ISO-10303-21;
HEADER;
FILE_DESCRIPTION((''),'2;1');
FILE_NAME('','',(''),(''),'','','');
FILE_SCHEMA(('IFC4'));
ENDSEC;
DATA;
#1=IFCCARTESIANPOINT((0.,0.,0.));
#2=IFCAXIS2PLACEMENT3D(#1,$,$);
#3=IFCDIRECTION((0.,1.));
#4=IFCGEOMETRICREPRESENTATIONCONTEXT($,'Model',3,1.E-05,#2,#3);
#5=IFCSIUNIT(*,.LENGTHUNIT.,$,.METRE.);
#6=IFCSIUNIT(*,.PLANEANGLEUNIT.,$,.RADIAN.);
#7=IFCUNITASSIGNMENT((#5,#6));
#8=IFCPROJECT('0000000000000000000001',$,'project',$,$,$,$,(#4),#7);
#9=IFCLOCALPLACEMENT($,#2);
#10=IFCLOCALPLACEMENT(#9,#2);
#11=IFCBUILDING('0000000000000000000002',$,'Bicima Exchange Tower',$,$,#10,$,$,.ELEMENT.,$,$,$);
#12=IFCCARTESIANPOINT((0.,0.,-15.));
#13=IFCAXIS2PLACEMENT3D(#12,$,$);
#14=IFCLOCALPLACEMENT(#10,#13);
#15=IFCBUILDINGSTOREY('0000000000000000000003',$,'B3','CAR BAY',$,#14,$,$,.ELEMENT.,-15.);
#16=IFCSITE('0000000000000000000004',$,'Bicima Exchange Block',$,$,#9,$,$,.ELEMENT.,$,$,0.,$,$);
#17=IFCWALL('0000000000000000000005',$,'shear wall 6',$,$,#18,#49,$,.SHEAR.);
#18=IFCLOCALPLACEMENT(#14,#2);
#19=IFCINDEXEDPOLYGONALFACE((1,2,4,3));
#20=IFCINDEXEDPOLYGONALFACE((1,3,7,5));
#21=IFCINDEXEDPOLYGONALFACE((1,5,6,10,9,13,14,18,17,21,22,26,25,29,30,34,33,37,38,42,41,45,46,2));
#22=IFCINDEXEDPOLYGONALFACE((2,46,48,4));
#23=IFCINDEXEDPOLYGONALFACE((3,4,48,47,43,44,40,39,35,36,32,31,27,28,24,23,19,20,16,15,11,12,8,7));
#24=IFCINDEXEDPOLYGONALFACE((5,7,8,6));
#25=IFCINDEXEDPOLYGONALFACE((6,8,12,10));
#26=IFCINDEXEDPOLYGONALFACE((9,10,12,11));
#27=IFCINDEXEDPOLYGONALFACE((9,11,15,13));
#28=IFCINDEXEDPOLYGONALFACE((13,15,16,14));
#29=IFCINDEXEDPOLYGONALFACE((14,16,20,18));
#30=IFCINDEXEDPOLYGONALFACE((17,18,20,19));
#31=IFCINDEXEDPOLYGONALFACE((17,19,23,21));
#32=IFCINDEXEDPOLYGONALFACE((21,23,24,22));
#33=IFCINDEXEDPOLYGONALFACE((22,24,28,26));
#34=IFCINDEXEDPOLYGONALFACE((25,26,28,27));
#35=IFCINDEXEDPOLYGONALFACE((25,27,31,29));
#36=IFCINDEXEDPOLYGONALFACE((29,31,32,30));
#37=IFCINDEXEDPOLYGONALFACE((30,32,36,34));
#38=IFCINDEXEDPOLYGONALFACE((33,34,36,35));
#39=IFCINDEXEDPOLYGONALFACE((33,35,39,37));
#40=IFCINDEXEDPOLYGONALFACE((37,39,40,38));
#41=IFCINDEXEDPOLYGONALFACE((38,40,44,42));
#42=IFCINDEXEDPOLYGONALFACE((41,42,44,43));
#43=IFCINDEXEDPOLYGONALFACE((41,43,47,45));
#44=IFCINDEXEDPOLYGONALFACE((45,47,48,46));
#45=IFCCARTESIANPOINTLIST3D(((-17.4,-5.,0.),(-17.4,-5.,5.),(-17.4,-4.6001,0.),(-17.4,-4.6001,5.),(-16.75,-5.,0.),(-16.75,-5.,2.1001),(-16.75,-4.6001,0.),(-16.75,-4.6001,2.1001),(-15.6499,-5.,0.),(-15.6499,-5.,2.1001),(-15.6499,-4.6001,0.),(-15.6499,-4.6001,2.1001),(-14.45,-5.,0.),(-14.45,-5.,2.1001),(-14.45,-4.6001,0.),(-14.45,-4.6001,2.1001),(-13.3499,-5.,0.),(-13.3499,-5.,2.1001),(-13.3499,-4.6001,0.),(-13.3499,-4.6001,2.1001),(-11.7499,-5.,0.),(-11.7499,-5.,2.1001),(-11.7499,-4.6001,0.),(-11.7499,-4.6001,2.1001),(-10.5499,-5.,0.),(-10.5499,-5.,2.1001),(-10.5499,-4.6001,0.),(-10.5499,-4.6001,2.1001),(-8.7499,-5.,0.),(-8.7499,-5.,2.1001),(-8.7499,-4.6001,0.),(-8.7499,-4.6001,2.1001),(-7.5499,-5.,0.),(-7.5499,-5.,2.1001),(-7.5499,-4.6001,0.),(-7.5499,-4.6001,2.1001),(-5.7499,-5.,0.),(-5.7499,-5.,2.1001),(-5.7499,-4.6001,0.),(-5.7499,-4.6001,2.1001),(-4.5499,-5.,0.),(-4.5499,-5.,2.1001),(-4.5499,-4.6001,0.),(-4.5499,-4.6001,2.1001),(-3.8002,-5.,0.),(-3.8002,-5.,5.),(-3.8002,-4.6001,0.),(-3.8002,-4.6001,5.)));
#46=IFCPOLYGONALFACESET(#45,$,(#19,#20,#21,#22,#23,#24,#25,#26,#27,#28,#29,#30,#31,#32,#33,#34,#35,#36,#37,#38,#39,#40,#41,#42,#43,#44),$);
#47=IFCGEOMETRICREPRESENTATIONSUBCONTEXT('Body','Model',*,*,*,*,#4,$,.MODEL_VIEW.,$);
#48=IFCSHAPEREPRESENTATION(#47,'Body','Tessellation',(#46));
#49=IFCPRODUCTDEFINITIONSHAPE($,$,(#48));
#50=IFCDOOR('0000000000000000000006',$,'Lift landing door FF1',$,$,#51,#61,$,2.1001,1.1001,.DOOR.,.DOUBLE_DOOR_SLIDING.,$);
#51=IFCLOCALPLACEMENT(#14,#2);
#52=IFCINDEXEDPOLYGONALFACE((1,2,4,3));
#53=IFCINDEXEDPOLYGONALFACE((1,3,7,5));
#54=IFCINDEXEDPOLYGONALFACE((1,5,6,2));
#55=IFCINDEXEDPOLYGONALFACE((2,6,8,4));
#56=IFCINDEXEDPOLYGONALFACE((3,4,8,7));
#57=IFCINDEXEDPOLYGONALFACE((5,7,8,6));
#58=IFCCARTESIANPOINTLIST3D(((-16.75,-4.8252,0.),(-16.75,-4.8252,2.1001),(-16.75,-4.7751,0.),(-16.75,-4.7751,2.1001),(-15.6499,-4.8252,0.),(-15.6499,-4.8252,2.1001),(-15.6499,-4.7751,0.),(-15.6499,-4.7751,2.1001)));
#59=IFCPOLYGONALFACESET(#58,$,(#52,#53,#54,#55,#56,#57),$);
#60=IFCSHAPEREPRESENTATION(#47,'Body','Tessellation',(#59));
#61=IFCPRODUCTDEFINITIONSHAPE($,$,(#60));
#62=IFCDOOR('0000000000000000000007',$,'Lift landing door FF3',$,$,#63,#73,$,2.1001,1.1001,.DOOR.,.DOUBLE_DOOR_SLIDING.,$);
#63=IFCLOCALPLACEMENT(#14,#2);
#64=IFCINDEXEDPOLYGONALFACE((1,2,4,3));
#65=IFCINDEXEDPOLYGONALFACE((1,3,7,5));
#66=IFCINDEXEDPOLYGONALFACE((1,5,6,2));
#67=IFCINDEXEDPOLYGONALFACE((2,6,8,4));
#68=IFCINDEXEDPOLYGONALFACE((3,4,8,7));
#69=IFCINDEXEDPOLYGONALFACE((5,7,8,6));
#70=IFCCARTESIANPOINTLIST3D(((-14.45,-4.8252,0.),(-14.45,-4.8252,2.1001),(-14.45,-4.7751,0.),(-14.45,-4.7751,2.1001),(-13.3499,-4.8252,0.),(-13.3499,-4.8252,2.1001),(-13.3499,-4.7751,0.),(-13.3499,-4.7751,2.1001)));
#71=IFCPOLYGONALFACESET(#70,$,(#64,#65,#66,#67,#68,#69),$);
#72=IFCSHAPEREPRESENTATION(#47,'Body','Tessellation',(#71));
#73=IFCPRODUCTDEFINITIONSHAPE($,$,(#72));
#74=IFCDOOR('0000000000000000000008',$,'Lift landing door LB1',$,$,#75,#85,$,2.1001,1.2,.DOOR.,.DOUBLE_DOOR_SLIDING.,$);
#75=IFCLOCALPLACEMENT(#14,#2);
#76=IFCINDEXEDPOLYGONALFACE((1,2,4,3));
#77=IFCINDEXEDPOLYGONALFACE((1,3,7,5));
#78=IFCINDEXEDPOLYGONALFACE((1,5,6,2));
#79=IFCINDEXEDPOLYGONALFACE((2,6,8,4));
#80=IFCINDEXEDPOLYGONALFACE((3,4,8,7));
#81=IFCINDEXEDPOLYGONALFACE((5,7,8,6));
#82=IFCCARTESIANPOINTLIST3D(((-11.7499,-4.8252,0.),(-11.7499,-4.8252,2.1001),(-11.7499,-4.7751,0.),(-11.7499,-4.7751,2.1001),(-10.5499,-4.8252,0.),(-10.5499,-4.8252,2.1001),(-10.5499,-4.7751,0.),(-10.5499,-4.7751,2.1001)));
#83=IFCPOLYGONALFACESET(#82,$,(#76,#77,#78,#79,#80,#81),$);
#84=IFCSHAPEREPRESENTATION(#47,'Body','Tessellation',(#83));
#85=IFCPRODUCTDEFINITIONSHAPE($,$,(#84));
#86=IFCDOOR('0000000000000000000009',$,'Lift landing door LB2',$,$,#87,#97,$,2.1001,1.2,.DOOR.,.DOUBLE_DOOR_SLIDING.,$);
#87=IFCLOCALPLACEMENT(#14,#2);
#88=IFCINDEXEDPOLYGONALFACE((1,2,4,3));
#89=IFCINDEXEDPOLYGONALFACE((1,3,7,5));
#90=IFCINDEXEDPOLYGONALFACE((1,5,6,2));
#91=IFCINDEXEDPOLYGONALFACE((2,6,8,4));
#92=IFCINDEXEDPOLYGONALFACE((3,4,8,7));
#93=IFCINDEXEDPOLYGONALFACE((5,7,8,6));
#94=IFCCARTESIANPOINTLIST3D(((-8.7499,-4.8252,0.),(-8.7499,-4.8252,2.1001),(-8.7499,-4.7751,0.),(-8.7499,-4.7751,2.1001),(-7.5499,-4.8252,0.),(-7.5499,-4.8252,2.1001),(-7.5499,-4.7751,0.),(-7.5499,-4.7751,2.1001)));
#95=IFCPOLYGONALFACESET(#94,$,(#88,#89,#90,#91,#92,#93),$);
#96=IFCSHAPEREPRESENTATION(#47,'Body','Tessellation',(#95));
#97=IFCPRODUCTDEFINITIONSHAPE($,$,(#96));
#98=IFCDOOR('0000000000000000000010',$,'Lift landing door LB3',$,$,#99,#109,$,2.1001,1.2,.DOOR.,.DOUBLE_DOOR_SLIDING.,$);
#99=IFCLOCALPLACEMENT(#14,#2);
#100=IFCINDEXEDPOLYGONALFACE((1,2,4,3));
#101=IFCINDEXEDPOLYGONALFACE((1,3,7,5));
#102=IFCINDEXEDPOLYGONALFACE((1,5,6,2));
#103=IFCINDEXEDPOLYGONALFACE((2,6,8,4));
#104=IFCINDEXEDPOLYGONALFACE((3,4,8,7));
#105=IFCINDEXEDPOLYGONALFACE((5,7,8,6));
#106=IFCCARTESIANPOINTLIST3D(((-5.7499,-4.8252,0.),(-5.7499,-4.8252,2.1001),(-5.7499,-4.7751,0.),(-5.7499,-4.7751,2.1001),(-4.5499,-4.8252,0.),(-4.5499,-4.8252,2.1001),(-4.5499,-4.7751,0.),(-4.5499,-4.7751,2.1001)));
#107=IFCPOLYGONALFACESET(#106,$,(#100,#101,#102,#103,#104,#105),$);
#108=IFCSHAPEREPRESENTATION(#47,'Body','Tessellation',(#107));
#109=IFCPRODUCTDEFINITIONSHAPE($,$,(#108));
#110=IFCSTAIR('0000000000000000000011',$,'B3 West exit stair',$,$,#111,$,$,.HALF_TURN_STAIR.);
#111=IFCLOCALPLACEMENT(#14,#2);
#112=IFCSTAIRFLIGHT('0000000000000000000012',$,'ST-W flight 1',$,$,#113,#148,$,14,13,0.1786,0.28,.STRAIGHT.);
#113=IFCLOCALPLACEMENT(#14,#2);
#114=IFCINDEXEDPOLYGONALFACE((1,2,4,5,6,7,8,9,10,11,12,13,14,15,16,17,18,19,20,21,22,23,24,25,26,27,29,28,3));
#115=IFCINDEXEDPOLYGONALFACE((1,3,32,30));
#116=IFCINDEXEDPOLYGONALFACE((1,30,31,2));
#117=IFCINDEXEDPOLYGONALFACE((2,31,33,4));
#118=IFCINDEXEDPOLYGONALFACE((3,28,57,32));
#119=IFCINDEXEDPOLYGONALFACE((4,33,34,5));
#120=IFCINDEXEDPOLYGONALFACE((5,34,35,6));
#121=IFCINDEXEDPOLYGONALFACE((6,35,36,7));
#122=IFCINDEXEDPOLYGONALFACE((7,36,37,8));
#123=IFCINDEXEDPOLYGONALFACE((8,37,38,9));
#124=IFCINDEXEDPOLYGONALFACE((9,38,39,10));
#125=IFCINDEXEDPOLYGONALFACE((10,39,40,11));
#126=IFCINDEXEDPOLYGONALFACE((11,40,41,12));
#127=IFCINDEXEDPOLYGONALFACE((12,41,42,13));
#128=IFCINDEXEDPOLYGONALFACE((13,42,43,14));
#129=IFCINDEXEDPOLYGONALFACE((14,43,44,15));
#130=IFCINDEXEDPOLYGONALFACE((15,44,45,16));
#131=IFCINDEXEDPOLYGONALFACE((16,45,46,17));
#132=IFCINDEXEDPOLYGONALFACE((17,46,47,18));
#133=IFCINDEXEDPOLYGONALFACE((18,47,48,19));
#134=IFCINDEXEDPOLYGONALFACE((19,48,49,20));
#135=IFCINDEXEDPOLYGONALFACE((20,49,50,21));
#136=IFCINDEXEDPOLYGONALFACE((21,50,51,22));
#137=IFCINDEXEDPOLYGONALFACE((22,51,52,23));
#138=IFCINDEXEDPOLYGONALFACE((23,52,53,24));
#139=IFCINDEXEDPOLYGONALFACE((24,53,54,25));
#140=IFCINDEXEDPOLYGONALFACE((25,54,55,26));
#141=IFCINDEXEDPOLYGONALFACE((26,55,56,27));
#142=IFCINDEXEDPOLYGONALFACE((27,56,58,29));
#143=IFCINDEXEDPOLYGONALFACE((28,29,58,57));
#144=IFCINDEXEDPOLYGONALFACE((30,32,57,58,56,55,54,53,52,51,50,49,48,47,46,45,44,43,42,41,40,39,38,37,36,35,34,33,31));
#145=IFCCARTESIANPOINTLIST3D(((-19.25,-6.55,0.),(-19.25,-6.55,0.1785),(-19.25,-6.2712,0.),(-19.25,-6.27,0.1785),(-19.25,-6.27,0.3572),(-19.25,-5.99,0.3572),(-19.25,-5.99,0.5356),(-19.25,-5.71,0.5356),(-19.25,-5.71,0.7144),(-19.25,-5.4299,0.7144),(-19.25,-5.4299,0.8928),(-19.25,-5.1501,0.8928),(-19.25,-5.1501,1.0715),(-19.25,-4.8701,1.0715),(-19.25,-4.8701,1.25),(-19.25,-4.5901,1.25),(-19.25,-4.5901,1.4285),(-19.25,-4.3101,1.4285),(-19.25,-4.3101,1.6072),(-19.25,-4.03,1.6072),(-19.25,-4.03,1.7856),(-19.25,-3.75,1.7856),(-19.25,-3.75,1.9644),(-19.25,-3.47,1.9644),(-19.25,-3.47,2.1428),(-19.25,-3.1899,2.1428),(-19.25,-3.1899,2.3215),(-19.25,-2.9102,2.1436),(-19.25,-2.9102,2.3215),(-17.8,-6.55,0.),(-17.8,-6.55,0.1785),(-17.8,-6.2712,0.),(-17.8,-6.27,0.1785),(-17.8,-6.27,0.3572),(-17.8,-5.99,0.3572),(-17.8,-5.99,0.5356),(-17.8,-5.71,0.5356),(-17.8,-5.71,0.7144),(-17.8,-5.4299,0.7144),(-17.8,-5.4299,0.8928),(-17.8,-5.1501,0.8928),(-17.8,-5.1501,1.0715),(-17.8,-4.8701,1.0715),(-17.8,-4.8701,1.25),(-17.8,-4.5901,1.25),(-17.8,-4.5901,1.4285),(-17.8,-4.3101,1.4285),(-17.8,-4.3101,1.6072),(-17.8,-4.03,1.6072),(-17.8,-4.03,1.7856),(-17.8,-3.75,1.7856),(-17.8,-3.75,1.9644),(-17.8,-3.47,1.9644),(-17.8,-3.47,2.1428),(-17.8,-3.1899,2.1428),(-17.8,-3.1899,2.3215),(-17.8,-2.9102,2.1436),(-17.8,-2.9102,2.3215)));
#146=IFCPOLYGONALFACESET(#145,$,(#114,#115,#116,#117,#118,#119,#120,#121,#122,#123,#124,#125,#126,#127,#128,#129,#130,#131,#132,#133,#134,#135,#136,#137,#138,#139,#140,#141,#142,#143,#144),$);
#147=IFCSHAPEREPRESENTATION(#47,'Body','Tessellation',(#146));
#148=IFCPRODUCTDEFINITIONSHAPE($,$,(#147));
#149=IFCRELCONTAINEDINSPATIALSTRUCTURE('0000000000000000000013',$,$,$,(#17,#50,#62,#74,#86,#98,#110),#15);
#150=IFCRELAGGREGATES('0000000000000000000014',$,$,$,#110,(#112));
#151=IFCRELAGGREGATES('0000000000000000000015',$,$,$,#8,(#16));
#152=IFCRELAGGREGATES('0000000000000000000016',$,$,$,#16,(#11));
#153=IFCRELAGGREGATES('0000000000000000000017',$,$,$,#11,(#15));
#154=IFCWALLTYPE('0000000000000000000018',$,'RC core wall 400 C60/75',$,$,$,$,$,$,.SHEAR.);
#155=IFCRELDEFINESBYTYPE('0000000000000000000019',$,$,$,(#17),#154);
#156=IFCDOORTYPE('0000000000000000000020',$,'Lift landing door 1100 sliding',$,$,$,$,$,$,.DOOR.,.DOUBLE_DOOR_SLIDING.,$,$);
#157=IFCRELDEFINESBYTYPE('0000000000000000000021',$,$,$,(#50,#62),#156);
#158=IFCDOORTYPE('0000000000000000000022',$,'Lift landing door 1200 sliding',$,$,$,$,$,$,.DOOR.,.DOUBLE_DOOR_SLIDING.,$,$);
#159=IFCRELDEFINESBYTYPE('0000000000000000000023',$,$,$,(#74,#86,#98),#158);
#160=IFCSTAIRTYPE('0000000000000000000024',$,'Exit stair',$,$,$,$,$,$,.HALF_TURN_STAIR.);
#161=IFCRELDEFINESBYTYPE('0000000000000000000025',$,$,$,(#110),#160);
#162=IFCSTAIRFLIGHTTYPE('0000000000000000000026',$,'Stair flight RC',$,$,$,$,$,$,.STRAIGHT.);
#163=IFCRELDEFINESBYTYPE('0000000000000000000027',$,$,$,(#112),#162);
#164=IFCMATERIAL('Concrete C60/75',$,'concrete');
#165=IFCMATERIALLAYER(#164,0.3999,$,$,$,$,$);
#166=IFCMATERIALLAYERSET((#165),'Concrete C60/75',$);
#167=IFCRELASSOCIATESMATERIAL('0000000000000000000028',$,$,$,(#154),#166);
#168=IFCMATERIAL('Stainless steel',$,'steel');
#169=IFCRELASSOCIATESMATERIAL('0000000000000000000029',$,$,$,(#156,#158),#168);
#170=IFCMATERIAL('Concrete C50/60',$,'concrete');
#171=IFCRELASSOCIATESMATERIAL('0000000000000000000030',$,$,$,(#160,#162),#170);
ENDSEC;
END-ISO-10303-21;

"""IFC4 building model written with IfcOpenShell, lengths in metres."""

from ifc_helpers import new_model, si_unit, direction, frame, frame_2d, origin, place, context, subcontext, project, spatial, polyline, rectangle, outline, extrude, material, layer, layer_set, type_object, element, fill, aggregate, save


model = new_model("IFC4")

# Units and contexts
model_context = context("Model", 3, precision=1e-05, world=origin(), true_north=direction((0.0, 1.0)))
body_context = subcontext(model_context, "Body", "Model", "MODEL_VIEW")
ifc_project = project(units=[si_unit("LENGTHUNIT", "METRE"), si_unit("PLANEANGLEUNIT", "RADIAN")], contexts=[model_context])

# Site, building, storey
site_placement = place(None, origin())
site = spatial("IfcSite", under=ifc_project, at=site_placement, Name="Bicima Exchange Block", CompositionType="ELEMENT", RefElevation=0.0)
building_placement = place(site_placement, origin())
building = spatial("IfcBuilding", under=site, at=building_placement, Name="Bicima Exchange Tower", CompositionType="ELEMENT")
storey_placement = place(building_placement, frame((0.0, 0.0, -15.0)))
storey = spatial("IfcBuildingStorey", under=building, at=storey_placement, Name="B3", Description="CAR BAY", CompositionType="ELEMENT", Elevation=-15.0)

# Shared definitions
ifc_material_1 = material(Name="Concrete C60/75", Category="concrete")

# Shared definitions
ifc_material_2 = material(Name="Concrete C50/60", Category="concrete")

# Wall, openings, doors
ifc_layer_1 = layer(ifc_material_1, 0.3999)
ifc_layer_set_1 = layer_set([ifc_layer_1], Name="Concrete C60/75")
wall_type_1 = type_object("IfcWallType", Name="RC core wall 400 C60/75", PredefinedType="SHEAR", material=ifc_layer_set_1)
wall_1_placement = place(storey_placement, frame((-17.3999, -4.8, 0.0), z_axis=(0.0, 0.0, 1.0), x_axis=(1.0, 0.0, 0.0)))
wall_1 = element("IfcWall", 1, at=wall_1_placement, inside=storey, type_object=wall_type_1, Name="shear wall 6", PredefinedType="SHEAR", context=body_context, shape_type="SweptSolid", body=[
    extrude(rectangle(XDim=13.5999, YDim=0.3999, at=frame_2d((6.7998, 0.0))), origin(), (0.0, 0.0, 1.0), 5.0),
])
opening_1_placement = place(wall_1_placement, frame((0.6499, 0.0, 0.0)))
opening_1 = element("IfcOpeningElement", 2, at=opening_1_placement, cuts=wall_1, PredefinedType="OPENING", context=body_context, shape_type="SweptSolid", body=[
    extrude(rectangle(XDim=1.1001, YDim=2.1001, at=frame_2d((0.55, 1.05))), frame((0.0, 0.2119, 0.0), z_axis=(0.0, -1.0, 0.0), x_axis=(1.0, 0.0, 0.0)), (0.0, 0.0, 1.0), 0.4238),
])
opening_2_placement = place(wall_1_placement, frame((2.95, 0.0, 0.0)))
opening_2 = element("IfcOpeningElement", 3, at=opening_2_placement, cuts=wall_1, PredefinedType="OPENING", context=body_context, shape_type="SweptSolid", body=[
    extrude(rectangle(XDim=1.1001, YDim=2.1001, at=frame_2d((0.55, 1.05))), frame((0.0, 0.2119, 0.0), z_axis=(0.0, -1.0, 0.0), x_axis=(1.0, 0.0, 0.0)), (0.0, 0.0, 1.0), 0.4238),
])
opening_3_placement = place(wall_1_placement, frame((5.6499, 0.0, 0.0)))
opening_3 = element("IfcOpeningElement", 4, at=opening_3_placement, cuts=wall_1, PredefinedType="OPENING", context=body_context, shape_type="SweptSolid", body=[
    extrude(rectangle(XDim=1.2, YDim=2.1001, at=frame_2d((0.6001, 1.05))), frame((0.0, 0.2119, 0.0), z_axis=(0.0, -1.0, 0.0), x_axis=(1.0, 0.0, 0.0)), (0.0, 0.0, 1.0), 0.4238),
])
opening_4_placement = place(wall_1_placement, frame((8.6499, 0.0, 0.0)))
opening_4 = element("IfcOpeningElement", 5, at=opening_4_placement, cuts=wall_1, PredefinedType="OPENING", context=body_context, shape_type="SweptSolid", body=[
    extrude(rectangle(XDim=1.2, YDim=2.1001, at=frame_2d((0.6001, 1.05))), frame((0.0, 0.2119, 0.0), z_axis=(0.0, -1.0, 0.0), x_axis=(1.0, 0.0, 0.0)), (0.0, 0.0, 1.0), 0.4238),
])
opening_5_placement = place(wall_1_placement, frame((11.6499, 0.0, 0.0)))
opening_5 = element("IfcOpeningElement", 6, at=opening_5_placement, cuts=wall_1, PredefinedType="OPENING", context=body_context, shape_type="SweptSolid", body=[
    extrude(rectangle(XDim=1.2, YDim=2.1001, at=frame_2d((0.6001, 1.05))), frame((0.0, 0.2119, 0.0), z_axis=(0.0, -1.0, 0.0), x_axis=(1.0, 0.0, 0.0)), (0.0, 0.0, 1.0), 0.4238),
])
ifc_material_3 = material(Name="Stainless steel", Category="steel")
door_type_1 = type_object("IfcDoorType", Name="Lift landing door 1100 sliding", OperationType="DOUBLE_DOOR_SLIDING", PredefinedType="DOOR", material=ifc_material_3)
door_1_placement = place(opening_1_placement, origin())
door_1 = element("IfcDoor", 7, at=door_1_placement, inside=storey, type_object=door_type_1, Name="Lift landing door FF1", OperationType="DOUBLE_DOOR_SLIDING", OverallHeight=2.1001, OverallWidth=1.1001, PredefinedType="DOOR", context=body_context, shape_type="SweptSolid", body=[
    extrude(rectangle(XDim=1.1001, YDim=2.1001, at=frame_2d((0.55, 1.05))), frame((0.0, 0.0249, 0.0), z_axis=(0.0, -1.0, 0.0), x_axis=(1.0, 0.0, 0.0)), (0.0, 0.0, 1.0), 0.05),
])
fill(opening_1, door_1)
door_2_placement = place(opening_2_placement, origin())
door_2 = element("IfcDoor", 8, at=door_2_placement, inside=storey, type_object=door_type_1, Name="Lift landing door FF3", OperationType="DOUBLE_DOOR_SLIDING", OverallHeight=2.1001, OverallWidth=1.1001, PredefinedType="DOOR", context=body_context, shape_type="SweptSolid", body=[
    extrude(rectangle(XDim=1.1001, YDim=2.1001, at=frame_2d((0.55, 1.05))), frame((0.0, 0.0249, 0.0), z_axis=(0.0, -1.0, 0.0), x_axis=(1.0, 0.0, 0.0)), (0.0, 0.0, 1.0), 0.05),
])
fill(opening_2, door_2)
door_type_2 = type_object("IfcDoorType", Name="Lift landing door 1200 sliding", OperationType="DOUBLE_DOOR_SLIDING", PredefinedType="DOOR", material=ifc_material_3)
door_3_placement = place(opening_3_placement, origin())
door_3 = element("IfcDoor", 9, at=door_3_placement, inside=storey, type_object=door_type_2, Name="Lift landing door LB1", OperationType="DOUBLE_DOOR_SLIDING", OverallHeight=2.1001, OverallWidth=1.2, PredefinedType="DOOR", context=body_context, shape_type="SweptSolid", body=[
    extrude(rectangle(XDim=1.2, YDim=2.1001, at=frame_2d((0.6001, 1.05))), frame((0.0, 0.0249, 0.0), z_axis=(0.0, -1.0, 0.0), x_axis=(1.0, 0.0, 0.0)), (0.0, 0.0, 1.0), 0.05),
])
fill(opening_3, door_3)
door_4_placement = place(opening_4_placement, origin())
door_4 = element("IfcDoor", 10, at=door_4_placement, inside=storey, type_object=door_type_2, Name="Lift landing door LB2", OperationType="DOUBLE_DOOR_SLIDING", OverallHeight=2.1001, OverallWidth=1.2, PredefinedType="DOOR", context=body_context, shape_type="SweptSolid", body=[
    extrude(rectangle(XDim=1.2, YDim=2.1001, at=frame_2d((0.6001, 1.05))), frame((0.0, 0.0249, 0.0), z_axis=(0.0, -1.0, 0.0), x_axis=(1.0, 0.0, 0.0)), (0.0, 0.0, 1.0), 0.05),
])
fill(opening_4, door_4)
door_5_placement = place(opening_5_placement, origin())
door_5 = element("IfcDoor", 11, at=door_5_placement, inside=storey, type_object=door_type_2, Name="Lift landing door LB3", OperationType="DOUBLE_DOOR_SLIDING", OverallHeight=2.1001, OverallWidth=1.2, PredefinedType="DOOR", context=body_context, shape_type="SweptSolid", body=[
    extrude(rectangle(XDim=1.2, YDim=2.1001, at=frame_2d((0.6001, 1.05))), frame((0.0, 0.0249, 0.0), z_axis=(0.0, -1.0, 0.0), x_axis=(1.0, 0.0, 0.0)), (0.0, 0.0, 1.0), 0.05),
])
fill(opening_5, door_5)

# Stair, stair flight
stair_type = type_object("IfcStairType", Name="Exit stair", PredefinedType="HALF_TURN_STAIR", material=ifc_material_2)
stair_placement = place(storey_placement, origin())
stair = element("IfcStair", 12, at=stair_placement, inside=storey, type_object=stair_type, Name="B3 West exit stair", PredefinedType="HALF_TURN_STAIR")
stair_flight_type = type_object("IfcStairFlightType", Name="Stair flight RC", PredefinedType="STRAIGHT", material=ifc_material_2)
stair_flight_placement = place(storey_placement, frame((-18.5249, -6.55, 0.0), z_axis=(0.0, 0.0, 1.0), x_axis=(0.0, 1.0, 0.0)))
stair_flight = element("IfcStairFlight", 13, at=stair_flight_placement, type_object=stair_flight_type, Name="ST-W flight 1", NumberOfRisers=14, NumberOfTreads=13, PredefinedType="STRAIGHT", RiserHeight=0.1786, TreadLength=0.28, context=body_context, shape_type="SweptSolid", body=[
    extrude(outline(polyline([(0.0, 0.0), (0.0, 0.1785), (0.28, 0.1785), (0.28, 0.3572), (0.5601, 0.3572), (0.5601, 0.5356), (0.8401, 0.5356), (0.8401, 0.7144), (1.1201, 0.7144), (1.1201, 0.8928), (1.3999, 0.8928), (1.3999, 1.0715), (1.6799, 1.0715), (1.6799, 1.25), (1.96, 1.25), (1.96, 1.4285), (2.24, 1.4285), (2.24, 1.6072), (2.52, 1.6072), (2.52, 1.7856), (2.8, 1.7856), (2.8, 1.9644), (3.0801, 1.9644), (3.0801, 2.1428), (3.3601, 2.1428), (3.3601, 2.3215), (3.6399, 2.3215), (3.6399, 2.5), (3.6399, 2.1436), (0.2788, 0.0), (0.0, 0.0)])), frame((0.0, 0.7251, 0.0), z_axis=(0.0, -1.0, 0.0), x_axis=(1.0, 0.0, 0.0)), (0.0, 0.0, 1.0), 1.45),
])
aggregate(stair, [stair_flight])

save(model, "model.ifc")
